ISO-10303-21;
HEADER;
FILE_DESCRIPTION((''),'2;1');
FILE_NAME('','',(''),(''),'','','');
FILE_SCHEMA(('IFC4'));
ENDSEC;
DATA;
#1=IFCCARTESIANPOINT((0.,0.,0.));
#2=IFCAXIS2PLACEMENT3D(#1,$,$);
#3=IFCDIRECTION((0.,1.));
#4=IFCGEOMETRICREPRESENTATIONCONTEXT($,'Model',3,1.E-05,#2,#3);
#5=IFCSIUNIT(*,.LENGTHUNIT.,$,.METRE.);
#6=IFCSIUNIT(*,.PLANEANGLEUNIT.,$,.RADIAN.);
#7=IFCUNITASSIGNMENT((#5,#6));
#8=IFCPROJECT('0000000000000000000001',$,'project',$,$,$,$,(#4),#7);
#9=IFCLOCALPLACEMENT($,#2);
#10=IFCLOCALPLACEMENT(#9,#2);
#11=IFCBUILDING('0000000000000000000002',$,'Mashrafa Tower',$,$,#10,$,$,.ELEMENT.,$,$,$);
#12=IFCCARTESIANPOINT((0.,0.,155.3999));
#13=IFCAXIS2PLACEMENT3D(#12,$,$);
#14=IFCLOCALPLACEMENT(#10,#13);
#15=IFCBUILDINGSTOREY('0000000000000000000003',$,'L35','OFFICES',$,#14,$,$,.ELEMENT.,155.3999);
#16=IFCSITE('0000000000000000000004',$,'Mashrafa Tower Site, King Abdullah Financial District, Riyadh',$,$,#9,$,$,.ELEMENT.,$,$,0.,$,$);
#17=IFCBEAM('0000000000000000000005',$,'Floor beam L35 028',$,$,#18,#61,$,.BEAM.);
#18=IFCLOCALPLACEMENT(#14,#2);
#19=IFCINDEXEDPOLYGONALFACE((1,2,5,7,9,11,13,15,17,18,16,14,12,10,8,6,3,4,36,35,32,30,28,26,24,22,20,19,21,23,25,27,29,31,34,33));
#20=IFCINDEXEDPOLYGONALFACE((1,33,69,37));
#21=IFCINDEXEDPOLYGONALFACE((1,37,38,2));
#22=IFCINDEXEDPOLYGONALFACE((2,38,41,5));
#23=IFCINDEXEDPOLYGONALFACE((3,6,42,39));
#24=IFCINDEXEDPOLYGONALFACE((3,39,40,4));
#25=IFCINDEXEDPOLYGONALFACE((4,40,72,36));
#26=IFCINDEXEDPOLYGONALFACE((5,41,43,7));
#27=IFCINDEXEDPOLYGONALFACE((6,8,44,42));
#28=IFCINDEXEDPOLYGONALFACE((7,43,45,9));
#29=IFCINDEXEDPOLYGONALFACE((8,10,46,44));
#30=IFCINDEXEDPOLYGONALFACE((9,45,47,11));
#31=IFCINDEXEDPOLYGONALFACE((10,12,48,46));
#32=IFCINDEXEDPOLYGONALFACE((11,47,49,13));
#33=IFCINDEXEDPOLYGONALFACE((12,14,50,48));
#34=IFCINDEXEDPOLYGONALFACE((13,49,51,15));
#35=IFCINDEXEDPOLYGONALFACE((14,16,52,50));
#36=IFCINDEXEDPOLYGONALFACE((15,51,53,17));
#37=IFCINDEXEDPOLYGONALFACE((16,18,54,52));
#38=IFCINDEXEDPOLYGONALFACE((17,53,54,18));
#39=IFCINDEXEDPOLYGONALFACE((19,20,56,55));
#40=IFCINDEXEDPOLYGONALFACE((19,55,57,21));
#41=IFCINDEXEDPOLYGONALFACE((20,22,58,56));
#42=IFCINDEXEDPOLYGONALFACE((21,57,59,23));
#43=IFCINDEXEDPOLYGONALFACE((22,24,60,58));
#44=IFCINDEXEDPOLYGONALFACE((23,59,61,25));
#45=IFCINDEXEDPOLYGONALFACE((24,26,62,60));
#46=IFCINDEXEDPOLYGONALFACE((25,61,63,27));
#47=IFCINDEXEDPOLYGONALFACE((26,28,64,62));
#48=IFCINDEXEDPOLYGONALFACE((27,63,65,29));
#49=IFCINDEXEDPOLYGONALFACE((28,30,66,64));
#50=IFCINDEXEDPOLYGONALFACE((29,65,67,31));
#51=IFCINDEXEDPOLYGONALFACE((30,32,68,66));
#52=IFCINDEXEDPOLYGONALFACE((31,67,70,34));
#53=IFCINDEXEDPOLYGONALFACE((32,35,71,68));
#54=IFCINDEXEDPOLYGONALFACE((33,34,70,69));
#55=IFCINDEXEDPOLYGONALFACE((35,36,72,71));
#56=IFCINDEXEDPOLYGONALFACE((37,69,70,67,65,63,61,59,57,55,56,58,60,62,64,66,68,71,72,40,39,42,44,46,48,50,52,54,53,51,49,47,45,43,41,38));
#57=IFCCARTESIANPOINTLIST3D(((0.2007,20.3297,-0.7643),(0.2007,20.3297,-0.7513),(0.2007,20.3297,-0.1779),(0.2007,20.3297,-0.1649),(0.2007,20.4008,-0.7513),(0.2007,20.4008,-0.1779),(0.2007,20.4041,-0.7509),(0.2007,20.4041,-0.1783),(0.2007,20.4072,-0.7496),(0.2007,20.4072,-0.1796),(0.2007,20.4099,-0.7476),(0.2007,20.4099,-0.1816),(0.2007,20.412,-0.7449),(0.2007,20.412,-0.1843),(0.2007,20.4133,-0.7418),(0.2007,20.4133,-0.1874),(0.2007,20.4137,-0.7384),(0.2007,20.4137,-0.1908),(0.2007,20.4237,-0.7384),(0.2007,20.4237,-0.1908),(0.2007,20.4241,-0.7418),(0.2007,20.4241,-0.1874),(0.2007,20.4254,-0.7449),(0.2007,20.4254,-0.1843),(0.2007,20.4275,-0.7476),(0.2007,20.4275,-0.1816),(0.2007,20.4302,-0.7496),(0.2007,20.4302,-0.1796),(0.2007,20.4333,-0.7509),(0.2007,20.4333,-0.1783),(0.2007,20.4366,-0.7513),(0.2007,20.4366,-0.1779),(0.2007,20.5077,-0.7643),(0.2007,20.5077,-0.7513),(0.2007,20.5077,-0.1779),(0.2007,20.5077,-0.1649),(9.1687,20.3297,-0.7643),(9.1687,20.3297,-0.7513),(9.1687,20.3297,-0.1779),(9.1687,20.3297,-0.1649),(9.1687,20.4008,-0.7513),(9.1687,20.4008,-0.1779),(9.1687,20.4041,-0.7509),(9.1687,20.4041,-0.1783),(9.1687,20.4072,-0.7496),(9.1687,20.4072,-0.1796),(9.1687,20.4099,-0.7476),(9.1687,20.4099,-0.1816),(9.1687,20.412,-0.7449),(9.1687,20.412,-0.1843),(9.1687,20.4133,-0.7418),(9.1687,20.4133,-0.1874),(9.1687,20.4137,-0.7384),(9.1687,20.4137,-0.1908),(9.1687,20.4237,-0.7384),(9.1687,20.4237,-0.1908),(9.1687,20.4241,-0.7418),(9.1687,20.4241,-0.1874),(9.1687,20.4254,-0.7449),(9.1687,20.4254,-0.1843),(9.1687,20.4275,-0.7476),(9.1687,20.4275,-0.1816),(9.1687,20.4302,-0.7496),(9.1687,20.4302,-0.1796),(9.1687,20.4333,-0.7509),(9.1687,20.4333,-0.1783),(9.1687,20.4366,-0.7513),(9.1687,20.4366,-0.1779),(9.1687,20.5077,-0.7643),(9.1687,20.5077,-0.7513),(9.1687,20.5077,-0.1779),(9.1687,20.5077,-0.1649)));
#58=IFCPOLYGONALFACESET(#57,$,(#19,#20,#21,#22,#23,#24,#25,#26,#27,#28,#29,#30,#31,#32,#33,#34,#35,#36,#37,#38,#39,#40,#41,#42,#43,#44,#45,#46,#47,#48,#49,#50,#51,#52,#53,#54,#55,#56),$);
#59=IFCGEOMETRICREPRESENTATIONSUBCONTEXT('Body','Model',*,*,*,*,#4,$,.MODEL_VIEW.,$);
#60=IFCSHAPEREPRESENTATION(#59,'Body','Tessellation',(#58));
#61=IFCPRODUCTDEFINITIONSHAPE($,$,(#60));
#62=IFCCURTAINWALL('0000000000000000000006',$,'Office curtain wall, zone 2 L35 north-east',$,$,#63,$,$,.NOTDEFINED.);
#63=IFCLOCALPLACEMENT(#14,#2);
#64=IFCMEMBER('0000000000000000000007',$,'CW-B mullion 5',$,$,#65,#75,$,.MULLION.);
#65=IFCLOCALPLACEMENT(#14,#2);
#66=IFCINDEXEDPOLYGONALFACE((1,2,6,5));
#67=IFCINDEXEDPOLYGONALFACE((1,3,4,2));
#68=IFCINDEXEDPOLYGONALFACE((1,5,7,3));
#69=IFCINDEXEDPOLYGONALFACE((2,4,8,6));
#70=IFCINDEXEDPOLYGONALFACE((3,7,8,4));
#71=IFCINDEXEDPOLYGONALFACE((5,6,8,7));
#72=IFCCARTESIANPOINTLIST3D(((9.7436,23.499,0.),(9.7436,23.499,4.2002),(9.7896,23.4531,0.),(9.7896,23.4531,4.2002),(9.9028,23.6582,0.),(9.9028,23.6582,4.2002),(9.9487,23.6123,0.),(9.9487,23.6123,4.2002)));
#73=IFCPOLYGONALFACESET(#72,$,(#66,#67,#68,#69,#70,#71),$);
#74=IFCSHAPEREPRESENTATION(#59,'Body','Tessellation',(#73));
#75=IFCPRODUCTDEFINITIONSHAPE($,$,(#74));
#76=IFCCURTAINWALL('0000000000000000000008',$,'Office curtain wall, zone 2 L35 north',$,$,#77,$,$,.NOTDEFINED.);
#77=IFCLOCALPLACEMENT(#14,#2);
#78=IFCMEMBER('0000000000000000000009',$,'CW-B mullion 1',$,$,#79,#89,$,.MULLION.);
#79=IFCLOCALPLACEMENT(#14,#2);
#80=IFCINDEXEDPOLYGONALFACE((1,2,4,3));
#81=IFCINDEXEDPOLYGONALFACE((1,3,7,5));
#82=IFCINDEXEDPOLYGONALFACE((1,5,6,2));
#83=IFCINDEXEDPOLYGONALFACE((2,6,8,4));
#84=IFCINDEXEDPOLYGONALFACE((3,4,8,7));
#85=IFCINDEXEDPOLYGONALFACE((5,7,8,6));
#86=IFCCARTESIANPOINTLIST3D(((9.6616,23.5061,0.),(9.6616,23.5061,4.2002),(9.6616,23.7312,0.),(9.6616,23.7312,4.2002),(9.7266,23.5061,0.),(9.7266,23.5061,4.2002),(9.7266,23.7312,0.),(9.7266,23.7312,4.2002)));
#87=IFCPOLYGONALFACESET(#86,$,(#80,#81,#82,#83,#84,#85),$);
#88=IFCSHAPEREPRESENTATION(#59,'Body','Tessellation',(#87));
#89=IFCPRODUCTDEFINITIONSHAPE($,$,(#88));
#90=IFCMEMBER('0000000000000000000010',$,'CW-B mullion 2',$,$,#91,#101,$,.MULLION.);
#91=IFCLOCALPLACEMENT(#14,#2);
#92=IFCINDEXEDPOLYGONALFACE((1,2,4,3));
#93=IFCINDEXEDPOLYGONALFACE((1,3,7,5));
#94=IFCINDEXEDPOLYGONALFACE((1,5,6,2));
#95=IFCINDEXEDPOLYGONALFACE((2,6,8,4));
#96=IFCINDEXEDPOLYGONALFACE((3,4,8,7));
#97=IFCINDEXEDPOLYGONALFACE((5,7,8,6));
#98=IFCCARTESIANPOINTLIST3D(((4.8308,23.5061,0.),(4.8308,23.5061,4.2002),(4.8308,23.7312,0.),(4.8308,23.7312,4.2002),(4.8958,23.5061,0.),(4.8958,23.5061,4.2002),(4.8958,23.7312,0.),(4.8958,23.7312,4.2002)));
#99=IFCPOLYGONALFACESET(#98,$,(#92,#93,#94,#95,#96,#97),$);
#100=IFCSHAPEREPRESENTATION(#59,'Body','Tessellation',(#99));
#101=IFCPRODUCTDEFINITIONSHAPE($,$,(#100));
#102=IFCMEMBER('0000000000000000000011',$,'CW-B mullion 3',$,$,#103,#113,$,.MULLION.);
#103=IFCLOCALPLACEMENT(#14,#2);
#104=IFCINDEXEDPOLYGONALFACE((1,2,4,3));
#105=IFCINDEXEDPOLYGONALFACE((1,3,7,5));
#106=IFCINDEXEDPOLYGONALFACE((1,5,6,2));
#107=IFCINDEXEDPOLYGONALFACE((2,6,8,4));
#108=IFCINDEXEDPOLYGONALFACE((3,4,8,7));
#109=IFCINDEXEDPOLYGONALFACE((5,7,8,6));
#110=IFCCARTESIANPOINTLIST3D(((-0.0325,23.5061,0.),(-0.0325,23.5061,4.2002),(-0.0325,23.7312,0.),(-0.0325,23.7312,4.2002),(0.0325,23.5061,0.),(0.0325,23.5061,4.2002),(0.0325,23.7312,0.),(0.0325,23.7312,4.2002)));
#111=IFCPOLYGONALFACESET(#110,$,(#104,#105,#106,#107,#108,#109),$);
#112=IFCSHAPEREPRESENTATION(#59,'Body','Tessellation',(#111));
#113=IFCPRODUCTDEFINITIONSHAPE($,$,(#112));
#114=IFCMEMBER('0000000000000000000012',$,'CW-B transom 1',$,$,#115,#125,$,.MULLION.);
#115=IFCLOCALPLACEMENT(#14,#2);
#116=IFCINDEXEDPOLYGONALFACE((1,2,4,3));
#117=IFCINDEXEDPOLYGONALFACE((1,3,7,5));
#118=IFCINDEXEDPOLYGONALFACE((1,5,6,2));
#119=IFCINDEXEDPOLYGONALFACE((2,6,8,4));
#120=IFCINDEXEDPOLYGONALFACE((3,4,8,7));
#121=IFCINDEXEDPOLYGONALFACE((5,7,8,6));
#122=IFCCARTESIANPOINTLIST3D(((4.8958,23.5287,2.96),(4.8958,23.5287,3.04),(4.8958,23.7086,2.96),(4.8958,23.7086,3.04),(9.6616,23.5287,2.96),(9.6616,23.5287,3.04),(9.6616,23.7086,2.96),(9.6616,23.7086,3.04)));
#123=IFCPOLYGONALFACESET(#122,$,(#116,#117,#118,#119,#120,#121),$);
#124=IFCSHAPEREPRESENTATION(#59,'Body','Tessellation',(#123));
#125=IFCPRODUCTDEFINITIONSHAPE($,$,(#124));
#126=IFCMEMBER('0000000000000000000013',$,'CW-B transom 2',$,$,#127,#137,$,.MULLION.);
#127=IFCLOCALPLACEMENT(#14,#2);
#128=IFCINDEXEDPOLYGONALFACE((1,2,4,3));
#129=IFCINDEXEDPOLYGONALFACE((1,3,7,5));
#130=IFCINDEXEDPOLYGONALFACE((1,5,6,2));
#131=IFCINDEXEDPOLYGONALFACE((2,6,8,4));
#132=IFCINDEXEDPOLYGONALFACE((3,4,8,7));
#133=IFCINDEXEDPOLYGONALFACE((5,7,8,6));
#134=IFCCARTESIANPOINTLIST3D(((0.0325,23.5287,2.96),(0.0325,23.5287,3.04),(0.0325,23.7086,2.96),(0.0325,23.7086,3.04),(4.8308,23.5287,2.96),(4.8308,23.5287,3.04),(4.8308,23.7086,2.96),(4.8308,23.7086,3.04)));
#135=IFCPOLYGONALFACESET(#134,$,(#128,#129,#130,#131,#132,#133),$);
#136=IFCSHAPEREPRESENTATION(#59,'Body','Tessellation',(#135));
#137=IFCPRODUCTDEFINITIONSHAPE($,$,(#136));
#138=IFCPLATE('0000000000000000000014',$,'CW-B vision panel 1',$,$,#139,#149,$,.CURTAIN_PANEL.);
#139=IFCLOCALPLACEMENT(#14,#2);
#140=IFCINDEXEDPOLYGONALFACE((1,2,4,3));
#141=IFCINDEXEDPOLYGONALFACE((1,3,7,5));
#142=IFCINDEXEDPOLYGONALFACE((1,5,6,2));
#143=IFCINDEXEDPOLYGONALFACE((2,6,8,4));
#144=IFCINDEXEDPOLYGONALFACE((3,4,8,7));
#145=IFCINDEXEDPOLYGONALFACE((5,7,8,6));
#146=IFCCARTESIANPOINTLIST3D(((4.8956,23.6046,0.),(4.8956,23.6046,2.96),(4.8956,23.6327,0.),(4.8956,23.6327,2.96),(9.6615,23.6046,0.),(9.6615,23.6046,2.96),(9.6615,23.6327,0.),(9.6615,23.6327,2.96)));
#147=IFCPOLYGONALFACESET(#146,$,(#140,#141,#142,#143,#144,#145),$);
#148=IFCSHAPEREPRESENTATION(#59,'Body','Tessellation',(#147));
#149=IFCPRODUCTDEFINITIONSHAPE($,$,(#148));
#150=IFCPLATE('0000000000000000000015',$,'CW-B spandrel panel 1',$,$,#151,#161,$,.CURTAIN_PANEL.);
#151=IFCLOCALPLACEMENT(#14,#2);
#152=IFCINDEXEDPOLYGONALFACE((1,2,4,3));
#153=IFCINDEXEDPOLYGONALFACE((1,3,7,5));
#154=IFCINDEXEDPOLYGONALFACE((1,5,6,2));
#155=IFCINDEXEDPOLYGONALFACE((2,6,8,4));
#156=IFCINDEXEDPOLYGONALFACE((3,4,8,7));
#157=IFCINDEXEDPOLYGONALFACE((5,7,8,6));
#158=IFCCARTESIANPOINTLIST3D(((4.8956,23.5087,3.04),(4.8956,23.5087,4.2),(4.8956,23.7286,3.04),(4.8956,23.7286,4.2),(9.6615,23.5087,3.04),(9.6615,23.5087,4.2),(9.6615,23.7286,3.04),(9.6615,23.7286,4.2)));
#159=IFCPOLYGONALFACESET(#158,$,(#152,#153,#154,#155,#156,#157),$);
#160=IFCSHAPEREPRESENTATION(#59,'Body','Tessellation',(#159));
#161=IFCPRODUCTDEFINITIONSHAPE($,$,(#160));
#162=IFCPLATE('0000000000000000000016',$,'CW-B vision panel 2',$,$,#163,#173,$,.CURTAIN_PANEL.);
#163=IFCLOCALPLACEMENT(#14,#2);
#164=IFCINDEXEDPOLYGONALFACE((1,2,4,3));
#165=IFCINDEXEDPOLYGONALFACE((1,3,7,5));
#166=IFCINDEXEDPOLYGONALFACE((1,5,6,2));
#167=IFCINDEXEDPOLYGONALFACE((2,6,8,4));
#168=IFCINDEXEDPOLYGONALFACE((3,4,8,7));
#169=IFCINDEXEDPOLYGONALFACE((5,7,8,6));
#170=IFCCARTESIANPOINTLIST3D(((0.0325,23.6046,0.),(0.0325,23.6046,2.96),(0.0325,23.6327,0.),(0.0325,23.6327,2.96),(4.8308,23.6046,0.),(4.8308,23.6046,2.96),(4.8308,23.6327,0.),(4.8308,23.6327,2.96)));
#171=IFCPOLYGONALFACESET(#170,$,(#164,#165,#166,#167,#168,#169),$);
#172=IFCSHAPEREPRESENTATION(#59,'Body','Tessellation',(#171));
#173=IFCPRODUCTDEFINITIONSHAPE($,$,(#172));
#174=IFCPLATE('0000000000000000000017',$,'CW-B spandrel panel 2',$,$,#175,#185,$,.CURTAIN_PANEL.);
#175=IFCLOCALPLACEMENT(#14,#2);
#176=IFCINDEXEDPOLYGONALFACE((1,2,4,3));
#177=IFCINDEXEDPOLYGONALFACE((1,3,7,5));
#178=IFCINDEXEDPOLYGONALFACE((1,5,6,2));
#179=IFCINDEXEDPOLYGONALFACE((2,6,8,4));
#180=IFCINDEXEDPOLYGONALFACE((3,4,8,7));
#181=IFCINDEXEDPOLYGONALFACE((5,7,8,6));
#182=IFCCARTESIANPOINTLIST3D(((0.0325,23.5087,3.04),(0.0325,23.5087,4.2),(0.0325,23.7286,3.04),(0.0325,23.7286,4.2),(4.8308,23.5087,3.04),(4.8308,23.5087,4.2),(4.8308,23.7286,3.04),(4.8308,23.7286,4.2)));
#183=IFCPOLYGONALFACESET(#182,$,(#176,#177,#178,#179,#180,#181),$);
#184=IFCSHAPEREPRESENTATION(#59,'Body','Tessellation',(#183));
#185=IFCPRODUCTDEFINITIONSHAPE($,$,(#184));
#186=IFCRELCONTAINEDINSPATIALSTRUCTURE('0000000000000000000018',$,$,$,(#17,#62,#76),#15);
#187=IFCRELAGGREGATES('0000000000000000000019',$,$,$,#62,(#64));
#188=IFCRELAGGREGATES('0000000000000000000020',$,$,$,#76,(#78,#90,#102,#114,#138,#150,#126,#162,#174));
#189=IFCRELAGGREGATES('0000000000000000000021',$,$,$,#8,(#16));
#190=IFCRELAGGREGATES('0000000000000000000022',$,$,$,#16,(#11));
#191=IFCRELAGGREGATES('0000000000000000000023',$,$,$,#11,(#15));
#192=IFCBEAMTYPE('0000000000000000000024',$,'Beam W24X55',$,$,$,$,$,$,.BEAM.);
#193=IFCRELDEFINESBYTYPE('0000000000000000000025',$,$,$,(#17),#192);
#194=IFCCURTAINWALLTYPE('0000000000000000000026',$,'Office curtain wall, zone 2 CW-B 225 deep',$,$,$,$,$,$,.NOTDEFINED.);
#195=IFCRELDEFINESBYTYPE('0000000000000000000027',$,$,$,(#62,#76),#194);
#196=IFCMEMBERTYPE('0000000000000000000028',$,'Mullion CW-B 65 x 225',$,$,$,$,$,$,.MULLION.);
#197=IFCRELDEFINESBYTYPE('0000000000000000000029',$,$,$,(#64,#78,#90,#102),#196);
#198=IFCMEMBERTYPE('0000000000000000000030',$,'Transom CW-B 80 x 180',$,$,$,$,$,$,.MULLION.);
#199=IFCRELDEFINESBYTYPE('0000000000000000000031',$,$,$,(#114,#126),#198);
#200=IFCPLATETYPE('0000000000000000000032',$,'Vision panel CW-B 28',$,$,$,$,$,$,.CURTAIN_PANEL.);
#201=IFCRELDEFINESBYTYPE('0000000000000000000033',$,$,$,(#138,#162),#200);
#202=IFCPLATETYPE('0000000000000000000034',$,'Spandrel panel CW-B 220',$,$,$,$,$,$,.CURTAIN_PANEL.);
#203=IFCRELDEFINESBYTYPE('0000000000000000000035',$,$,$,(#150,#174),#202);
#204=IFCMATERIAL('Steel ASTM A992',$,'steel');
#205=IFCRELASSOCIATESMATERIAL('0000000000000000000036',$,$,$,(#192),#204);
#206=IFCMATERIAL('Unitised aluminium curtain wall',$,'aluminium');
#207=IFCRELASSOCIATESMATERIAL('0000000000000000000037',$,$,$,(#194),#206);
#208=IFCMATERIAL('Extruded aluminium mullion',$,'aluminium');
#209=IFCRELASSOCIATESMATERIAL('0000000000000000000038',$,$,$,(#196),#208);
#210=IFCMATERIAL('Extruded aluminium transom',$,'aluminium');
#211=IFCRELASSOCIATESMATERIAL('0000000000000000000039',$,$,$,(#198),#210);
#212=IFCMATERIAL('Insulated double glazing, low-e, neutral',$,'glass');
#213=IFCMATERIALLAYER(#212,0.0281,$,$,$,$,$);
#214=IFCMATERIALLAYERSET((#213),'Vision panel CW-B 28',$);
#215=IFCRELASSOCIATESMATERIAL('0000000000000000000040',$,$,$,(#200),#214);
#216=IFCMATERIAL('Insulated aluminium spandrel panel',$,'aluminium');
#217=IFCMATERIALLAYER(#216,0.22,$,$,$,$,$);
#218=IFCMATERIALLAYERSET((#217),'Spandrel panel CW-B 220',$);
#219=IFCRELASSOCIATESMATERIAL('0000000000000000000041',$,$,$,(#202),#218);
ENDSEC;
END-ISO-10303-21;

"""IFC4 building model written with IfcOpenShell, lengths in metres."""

from ifc_helpers import new_model, si_unit, direction, frame, origin, origin_2d, place, context, subcontext, project, spatial, rectangle, i_section, extrude, source, transform, mapped, material, layer, layer_set, material_profile, profile_set, type_object, type_shapes, element, aggregate, save


model = new_model("IFC4")

# Units and contexts
model_context = context("Model", 3, precision=1e-05, world=origin(), true_north=direction((0.0, 1.0)))
body_context = subcontext(model_context, "Body", "Model", "MODEL_VIEW")
ifc_project = project(units=[si_unit("LENGTHUNIT", "METRE"), si_unit("PLANEANGLEUNIT", "RADIAN")], contexts=[model_context])

# Site, building, storey
site_placement = place(None, origin())
site = spatial("IfcSite", under=ifc_project, at=site_placement, Name="Mashrafa Tower Site, King Abdullah Financial District, Riyadh", CompositionType="ELEMENT", RefElevation=0.0)
building_placement = place(site_placement, origin())
building = spatial("IfcBuilding", under=site, at=building_placement, Name="Mashrafa Tower", CompositionType="ELEMENT")
storey_placement = place(building_placement, frame((0.0, 0.0, 155.3999)))
storey = spatial("IfcBuildingStorey", under=building, at=storey_placement, Name="L35", Description="OFFICES", CompositionType="ELEMENT", Elevation=155.3999)

# Beam
ifc_material_1 = material(Name="Steel ASTM A992", Category="steel")
ifc_material_profile_1 = material_profile(ifc_material_1, i_section(OverallWidth=0.178, OverallDepth=0.5994, WebThickness=0.01, FlangeThickness=0.0129, FilletRadius=0.0129, at=origin_2d()), Name="W24X55")
ifc_profile_set_1 = profile_set([ifc_material_profile_1], Name="Steel ASTM A992")
beam_type_1 = type_object("IfcBeamType", Name="Beam W24X55", PredefinedType="BEAM", material=ifc_profile_set_1)
beam_1_placement = place(storey_placement, frame((0.2007, 20.4187, -0.4646), z_axis=(1.0, 0.0, 0.0), x_axis=(0.0, 1.0, 0.0)))
element("IfcBeam", 1, at=beam_1_placement, inside=storey, type_object=beam_type_1, Name="Floor beam L35 028", PredefinedType="BEAM", context=body_context, shape_type="SweptSolid", body=[
    extrude(i_section(OverallWidth=0.178, OverallDepth=0.5994, WebThickness=0.01, FlangeThickness=0.0129, FilletRadius=0.0129, at=origin_2d()), origin(), (0.0, 0.0, 1.0), 8.968),
])

# Curtain wall, member
ifc_material_2 = material(Name="Unitised aluminium curtain wall", Category="aluminium")
curtain_wall_type = type_object("IfcCurtainWallType", Name="Office curtain wall, zone 2 CW-B 225 deep", PredefinedType="NOTDEFINED", material=ifc_material_2)
curtain_wall_1_placement = place(storey_placement, origin())
curtain_wall_1 = element("IfcCurtainWall", 2, at=curtain_wall_1_placement, inside=storey, type_object=curtain_wall_type, Name="Office curtain wall, zone 2 L35 north-east", PredefinedType="NOTDEFINED")
ifc_material_3 = material(Name="Extruded aluminium mullion", Category="aluminium")
ifc_material_profile_2 = material_profile(ifc_material_3, rectangle(XDim=0.2251, YDim=0.0649, at=origin_2d()), Name="Mullion 65x225")
ifc_profile_set_2 = profile_set([ifc_material_profile_2], Name="Extruded aluminium mullion")
member_type_1 = type_object("IfcMemberType", Name="Mullion CW-B 65 x 225", PredefinedType="MULLION", material=ifc_profile_set_2)
shared_shape_1 = source(origin(), body_context, "Body", "SweptSolid", [
    extrude(rectangle(XDim=0.2251, YDim=0.0649, at=origin_2d()), origin(), (0.0, 0.0, 1.0), 4.2002),
])
type_shapes(member_type_1, [shared_shape_1])
member_1_placement = place(storey_placement, frame((9.8462, 23.5557, 0.0), z_axis=(0.0, 0.0, 1.0), x_axis=(-0.707107, -0.707107, 0.0)))
member_1 = element("IfcMember", 3, at=member_1_placement, type_object=member_type_1, Name="CW-B mullion 5", PredefinedType="MULLION", context=body_context, shape_type="MappedRepresentation", body=[
    mapped(shared_shape_1, transform((0.0, 0.0, 0.0))),
])
aggregate(curtain_wall_1, [member_1])

# Curtain wall, members, plates
curtain_wall_2_placement = place(storey_placement, origin())
curtain_wall_2 = element("IfcCurtainWall", 4, at=curtain_wall_2_placement, inside=storey, type_object=curtain_wall_type, Name="Office curtain wall, zone 2 L35 north", PredefinedType="NOTDEFINED")
member_2_placement = place(storey_placement, frame((9.6941, 23.6187, 0.0), z_axis=(0.0, 0.0, 1.0), x_axis=(0.0, -1.0, 0.0)))
member_2 = element("IfcMember", 5, at=member_2_placement, type_object=member_type_1, Name="CW-B mullion 1", PredefinedType="MULLION", context=body_context, shape_type="MappedRepresentation", body=[
    mapped(shared_shape_1, transform((0.0, 0.0, 0.0))),
])
member_3_placement = place(storey_placement, frame((4.8633, 23.6187, 0.0), z_axis=(0.0, 0.0, 1.0), x_axis=(0.0, -1.0, 0.0)))
member_3 = element("IfcMember", 6, at=member_3_placement, type_object=member_type_1, Name="CW-B mullion 2", PredefinedType="MULLION", context=body_context, shape_type="MappedRepresentation", body=[
    mapped(shared_shape_1, transform((0.0, 0.0, 0.0))),
])
member_4_placement = place(storey_placement, frame((0.0, 23.6187, 0.0), z_axis=(0.0, 0.0, 1.0), x_axis=(0.0, -1.0, 0.0)))
member_4 = element("IfcMember", 7, at=member_4_placement, type_object=member_type_1, Name="CW-B mullion 3", PredefinedType="MULLION", context=body_context, shape_type="MappedRepresentation", body=[
    mapped(shared_shape_1, transform((0.0, 0.0, 0.0))),
])
ifc_material_4 = material(Name="Extruded aluminium transom", Category="aluminium")
ifc_material_profile_3 = material_profile(ifc_material_4, rectangle(XDim=0.1799, YDim=0.0801, at=origin_2d()), Name="Transom 80x180")
ifc_profile_set_3 = profile_set([ifc_material_profile_3], Name="Extruded aluminium transom")
member_type_2 = type_object("IfcMemberType", Name="Transom CW-B 80 x 180", PredefinedType="MULLION", material=ifc_profile_set_3)
shared_shape_2 = source(origin(), body_context, "Body", "SweptSolid", [
    extrude(rectangle(XDim=0.1799, YDim=0.0801, at=origin_2d()), origin(), (0.0, 0.0, 1.0), 4.7659),
])
member_5_placement = place(storey_placement, frame((9.6616, 23.6187, 3.0), z_axis=(-1.0, 0.0, 0.0), x_axis=(0.0, -1.0, 0.0)))
member_5 = element("IfcMember", 8, at=member_5_placement, type_object=member_type_2, Name="CW-B transom 1", PredefinedType="MULLION", context=body_context, shape_type="MappedRepresentation", body=[
    mapped(shared_shape_2, transform((0.0, 0.0, 0.0))),
])
shared_shape_3 = source(origin(), body_context, "Body", "SweptSolid", [
    extrude(rectangle(XDim=0.1799, YDim=0.0801, at=origin_2d()), origin(), (0.0, 0.0, 1.0), 4.7983),
])
type_shapes(member_type_2, [shared_shape_2, shared_shape_3])
member_6_placement = place(storey_placement, frame((4.8308, 23.6187, 3.0), z_axis=(-1.0, 0.0, 0.0), x_axis=(0.0, -1.0, 0.0)))
member_6 = element("IfcMember", 9, at=member_6_placement, type_object=member_type_2, Name="CW-B transom 2", PredefinedType="MULLION", context=body_context, shape_type="MappedRepresentation", body=[
    mapped(shared_shape_3, transform((0.0, 0.0, 0.0))),
])
ifc_material_5 = material(Name="Insulated double glazing, low-e, neutral", Category="glass")
ifc_layer_1 = layer(ifc_material_5, 0.0281)
ifc_layer_set_1 = layer_set([ifc_layer_1], Name="Vision panel CW-B 28")
plate_type_1 = type_object("IfcPlateType", Name="Vision panel CW-B 28", PredefinedType="CURTAIN_PANEL", material=ifc_layer_set_1)
shared_shape_4 = source(origin(), body_context, "Body", "SweptSolid", [
    extrude(rectangle(XDim=4.7659, YDim=0.0281, at=origin_2d()), origin(), (0.0, 0.0, 1.0), 2.96),
])
plate_1_placement = place(storey_placement, frame((7.2786, 23.6187, 0.0), z_axis=(0.0, 0.0, 1.0), x_axis=(-1.0, 0.0, 0.0)))
plate_1 = element("IfcPlate", 10, at=plate_1_placement, type_object=plate_type_1, Name="CW-B vision panel 1", PredefinedType="CURTAIN_PANEL", context=body_context, shape_type="MappedRepresentation", body=[
    mapped(shared_shape_4, transform((0.0, 0.0, 0.0))),
])
ifc_material_6 = material(Name="Insulated aluminium spandrel panel", Category="aluminium")
ifc_layer_2 = layer(ifc_material_6, 0.22)
ifc_layer_set_2 = layer_set([ifc_layer_2], Name="Spandrel panel CW-B 220")
plate_type_2 = type_object("IfcPlateType", Name="Spandrel panel CW-B 220", PredefinedType="CURTAIN_PANEL", material=ifc_layer_set_2)
shared_shape_5 = source(origin(), body_context, "Body", "SweptSolid", [
    extrude(rectangle(XDim=4.7659, YDim=0.22, at=origin_2d()), origin(), (0.0, 0.0, 1.0), 1.1599),
])
plate_2_placement = place(storey_placement, frame((7.2786, 23.6187, 3.04), z_axis=(0.0, 0.0, 1.0), x_axis=(-1.0, 0.0, 0.0)))
plate_2 = element("IfcPlate", 11, at=plate_2_placement, type_object=plate_type_2, Name="CW-B spandrel panel 1", PredefinedType="CURTAIN_PANEL", context=body_context, shape_type="MappedRepresentation", body=[
    mapped(shared_shape_5, transform((0.0, 0.0, 0.0))),
])
shared_shape_6 = source(origin(), body_context, "Body", "SweptSolid", [
    extrude(rectangle(XDim=4.7983, YDim=0.0281, at=origin_2d()), origin(), (0.0, 0.0, 1.0), 2.96),
])
type_shapes(plate_type_1, [shared_shape_4, shared_shape_6])
plate_3_placement = place(storey_placement, frame((2.4316, 23.6187, 0.0), z_axis=(0.0, 0.0, 1.0), x_axis=(-1.0, 0.0, 0.0)))
plate_3 = element("IfcPlate", 12, at=plate_3_placement, type_object=plate_type_1, Name="CW-B vision panel 2", PredefinedType="CURTAIN_PANEL", context=body_context, shape_type="MappedRepresentation", body=[
    mapped(shared_shape_6, transform((0.0, 0.0, 0.0))),
])
shared_shape_7 = source(origin(), body_context, "Body", "SweptSolid", [
    extrude(rectangle(XDim=4.7983, YDim=0.22, at=origin_2d()), origin(), (0.0, 0.0, 1.0), 1.1599),
])
type_shapes(plate_type_2, [shared_shape_5, shared_shape_7])
plate_4_placement = place(storey_placement, frame((2.4316, 23.6187, 3.04), z_axis=(0.0, 0.0, 1.0), x_axis=(-1.0, 0.0, 0.0)))
plate_4 = element("IfcPlate", 13, at=plate_4_placement, type_object=plate_type_2, Name="CW-B spandrel panel 2", PredefinedType="CURTAIN_PANEL", context=body_context, shape_type="MappedRepresentation", body=[
    mapped(shared_shape_7, transform((0.0, 0.0, 0.0))),
])
aggregate(curtain_wall_2, [member_2, member_3, member_4, member_5, plate_1, plate_2, member_6, plate_3, plate_4])

save(model, "model.ifc")
